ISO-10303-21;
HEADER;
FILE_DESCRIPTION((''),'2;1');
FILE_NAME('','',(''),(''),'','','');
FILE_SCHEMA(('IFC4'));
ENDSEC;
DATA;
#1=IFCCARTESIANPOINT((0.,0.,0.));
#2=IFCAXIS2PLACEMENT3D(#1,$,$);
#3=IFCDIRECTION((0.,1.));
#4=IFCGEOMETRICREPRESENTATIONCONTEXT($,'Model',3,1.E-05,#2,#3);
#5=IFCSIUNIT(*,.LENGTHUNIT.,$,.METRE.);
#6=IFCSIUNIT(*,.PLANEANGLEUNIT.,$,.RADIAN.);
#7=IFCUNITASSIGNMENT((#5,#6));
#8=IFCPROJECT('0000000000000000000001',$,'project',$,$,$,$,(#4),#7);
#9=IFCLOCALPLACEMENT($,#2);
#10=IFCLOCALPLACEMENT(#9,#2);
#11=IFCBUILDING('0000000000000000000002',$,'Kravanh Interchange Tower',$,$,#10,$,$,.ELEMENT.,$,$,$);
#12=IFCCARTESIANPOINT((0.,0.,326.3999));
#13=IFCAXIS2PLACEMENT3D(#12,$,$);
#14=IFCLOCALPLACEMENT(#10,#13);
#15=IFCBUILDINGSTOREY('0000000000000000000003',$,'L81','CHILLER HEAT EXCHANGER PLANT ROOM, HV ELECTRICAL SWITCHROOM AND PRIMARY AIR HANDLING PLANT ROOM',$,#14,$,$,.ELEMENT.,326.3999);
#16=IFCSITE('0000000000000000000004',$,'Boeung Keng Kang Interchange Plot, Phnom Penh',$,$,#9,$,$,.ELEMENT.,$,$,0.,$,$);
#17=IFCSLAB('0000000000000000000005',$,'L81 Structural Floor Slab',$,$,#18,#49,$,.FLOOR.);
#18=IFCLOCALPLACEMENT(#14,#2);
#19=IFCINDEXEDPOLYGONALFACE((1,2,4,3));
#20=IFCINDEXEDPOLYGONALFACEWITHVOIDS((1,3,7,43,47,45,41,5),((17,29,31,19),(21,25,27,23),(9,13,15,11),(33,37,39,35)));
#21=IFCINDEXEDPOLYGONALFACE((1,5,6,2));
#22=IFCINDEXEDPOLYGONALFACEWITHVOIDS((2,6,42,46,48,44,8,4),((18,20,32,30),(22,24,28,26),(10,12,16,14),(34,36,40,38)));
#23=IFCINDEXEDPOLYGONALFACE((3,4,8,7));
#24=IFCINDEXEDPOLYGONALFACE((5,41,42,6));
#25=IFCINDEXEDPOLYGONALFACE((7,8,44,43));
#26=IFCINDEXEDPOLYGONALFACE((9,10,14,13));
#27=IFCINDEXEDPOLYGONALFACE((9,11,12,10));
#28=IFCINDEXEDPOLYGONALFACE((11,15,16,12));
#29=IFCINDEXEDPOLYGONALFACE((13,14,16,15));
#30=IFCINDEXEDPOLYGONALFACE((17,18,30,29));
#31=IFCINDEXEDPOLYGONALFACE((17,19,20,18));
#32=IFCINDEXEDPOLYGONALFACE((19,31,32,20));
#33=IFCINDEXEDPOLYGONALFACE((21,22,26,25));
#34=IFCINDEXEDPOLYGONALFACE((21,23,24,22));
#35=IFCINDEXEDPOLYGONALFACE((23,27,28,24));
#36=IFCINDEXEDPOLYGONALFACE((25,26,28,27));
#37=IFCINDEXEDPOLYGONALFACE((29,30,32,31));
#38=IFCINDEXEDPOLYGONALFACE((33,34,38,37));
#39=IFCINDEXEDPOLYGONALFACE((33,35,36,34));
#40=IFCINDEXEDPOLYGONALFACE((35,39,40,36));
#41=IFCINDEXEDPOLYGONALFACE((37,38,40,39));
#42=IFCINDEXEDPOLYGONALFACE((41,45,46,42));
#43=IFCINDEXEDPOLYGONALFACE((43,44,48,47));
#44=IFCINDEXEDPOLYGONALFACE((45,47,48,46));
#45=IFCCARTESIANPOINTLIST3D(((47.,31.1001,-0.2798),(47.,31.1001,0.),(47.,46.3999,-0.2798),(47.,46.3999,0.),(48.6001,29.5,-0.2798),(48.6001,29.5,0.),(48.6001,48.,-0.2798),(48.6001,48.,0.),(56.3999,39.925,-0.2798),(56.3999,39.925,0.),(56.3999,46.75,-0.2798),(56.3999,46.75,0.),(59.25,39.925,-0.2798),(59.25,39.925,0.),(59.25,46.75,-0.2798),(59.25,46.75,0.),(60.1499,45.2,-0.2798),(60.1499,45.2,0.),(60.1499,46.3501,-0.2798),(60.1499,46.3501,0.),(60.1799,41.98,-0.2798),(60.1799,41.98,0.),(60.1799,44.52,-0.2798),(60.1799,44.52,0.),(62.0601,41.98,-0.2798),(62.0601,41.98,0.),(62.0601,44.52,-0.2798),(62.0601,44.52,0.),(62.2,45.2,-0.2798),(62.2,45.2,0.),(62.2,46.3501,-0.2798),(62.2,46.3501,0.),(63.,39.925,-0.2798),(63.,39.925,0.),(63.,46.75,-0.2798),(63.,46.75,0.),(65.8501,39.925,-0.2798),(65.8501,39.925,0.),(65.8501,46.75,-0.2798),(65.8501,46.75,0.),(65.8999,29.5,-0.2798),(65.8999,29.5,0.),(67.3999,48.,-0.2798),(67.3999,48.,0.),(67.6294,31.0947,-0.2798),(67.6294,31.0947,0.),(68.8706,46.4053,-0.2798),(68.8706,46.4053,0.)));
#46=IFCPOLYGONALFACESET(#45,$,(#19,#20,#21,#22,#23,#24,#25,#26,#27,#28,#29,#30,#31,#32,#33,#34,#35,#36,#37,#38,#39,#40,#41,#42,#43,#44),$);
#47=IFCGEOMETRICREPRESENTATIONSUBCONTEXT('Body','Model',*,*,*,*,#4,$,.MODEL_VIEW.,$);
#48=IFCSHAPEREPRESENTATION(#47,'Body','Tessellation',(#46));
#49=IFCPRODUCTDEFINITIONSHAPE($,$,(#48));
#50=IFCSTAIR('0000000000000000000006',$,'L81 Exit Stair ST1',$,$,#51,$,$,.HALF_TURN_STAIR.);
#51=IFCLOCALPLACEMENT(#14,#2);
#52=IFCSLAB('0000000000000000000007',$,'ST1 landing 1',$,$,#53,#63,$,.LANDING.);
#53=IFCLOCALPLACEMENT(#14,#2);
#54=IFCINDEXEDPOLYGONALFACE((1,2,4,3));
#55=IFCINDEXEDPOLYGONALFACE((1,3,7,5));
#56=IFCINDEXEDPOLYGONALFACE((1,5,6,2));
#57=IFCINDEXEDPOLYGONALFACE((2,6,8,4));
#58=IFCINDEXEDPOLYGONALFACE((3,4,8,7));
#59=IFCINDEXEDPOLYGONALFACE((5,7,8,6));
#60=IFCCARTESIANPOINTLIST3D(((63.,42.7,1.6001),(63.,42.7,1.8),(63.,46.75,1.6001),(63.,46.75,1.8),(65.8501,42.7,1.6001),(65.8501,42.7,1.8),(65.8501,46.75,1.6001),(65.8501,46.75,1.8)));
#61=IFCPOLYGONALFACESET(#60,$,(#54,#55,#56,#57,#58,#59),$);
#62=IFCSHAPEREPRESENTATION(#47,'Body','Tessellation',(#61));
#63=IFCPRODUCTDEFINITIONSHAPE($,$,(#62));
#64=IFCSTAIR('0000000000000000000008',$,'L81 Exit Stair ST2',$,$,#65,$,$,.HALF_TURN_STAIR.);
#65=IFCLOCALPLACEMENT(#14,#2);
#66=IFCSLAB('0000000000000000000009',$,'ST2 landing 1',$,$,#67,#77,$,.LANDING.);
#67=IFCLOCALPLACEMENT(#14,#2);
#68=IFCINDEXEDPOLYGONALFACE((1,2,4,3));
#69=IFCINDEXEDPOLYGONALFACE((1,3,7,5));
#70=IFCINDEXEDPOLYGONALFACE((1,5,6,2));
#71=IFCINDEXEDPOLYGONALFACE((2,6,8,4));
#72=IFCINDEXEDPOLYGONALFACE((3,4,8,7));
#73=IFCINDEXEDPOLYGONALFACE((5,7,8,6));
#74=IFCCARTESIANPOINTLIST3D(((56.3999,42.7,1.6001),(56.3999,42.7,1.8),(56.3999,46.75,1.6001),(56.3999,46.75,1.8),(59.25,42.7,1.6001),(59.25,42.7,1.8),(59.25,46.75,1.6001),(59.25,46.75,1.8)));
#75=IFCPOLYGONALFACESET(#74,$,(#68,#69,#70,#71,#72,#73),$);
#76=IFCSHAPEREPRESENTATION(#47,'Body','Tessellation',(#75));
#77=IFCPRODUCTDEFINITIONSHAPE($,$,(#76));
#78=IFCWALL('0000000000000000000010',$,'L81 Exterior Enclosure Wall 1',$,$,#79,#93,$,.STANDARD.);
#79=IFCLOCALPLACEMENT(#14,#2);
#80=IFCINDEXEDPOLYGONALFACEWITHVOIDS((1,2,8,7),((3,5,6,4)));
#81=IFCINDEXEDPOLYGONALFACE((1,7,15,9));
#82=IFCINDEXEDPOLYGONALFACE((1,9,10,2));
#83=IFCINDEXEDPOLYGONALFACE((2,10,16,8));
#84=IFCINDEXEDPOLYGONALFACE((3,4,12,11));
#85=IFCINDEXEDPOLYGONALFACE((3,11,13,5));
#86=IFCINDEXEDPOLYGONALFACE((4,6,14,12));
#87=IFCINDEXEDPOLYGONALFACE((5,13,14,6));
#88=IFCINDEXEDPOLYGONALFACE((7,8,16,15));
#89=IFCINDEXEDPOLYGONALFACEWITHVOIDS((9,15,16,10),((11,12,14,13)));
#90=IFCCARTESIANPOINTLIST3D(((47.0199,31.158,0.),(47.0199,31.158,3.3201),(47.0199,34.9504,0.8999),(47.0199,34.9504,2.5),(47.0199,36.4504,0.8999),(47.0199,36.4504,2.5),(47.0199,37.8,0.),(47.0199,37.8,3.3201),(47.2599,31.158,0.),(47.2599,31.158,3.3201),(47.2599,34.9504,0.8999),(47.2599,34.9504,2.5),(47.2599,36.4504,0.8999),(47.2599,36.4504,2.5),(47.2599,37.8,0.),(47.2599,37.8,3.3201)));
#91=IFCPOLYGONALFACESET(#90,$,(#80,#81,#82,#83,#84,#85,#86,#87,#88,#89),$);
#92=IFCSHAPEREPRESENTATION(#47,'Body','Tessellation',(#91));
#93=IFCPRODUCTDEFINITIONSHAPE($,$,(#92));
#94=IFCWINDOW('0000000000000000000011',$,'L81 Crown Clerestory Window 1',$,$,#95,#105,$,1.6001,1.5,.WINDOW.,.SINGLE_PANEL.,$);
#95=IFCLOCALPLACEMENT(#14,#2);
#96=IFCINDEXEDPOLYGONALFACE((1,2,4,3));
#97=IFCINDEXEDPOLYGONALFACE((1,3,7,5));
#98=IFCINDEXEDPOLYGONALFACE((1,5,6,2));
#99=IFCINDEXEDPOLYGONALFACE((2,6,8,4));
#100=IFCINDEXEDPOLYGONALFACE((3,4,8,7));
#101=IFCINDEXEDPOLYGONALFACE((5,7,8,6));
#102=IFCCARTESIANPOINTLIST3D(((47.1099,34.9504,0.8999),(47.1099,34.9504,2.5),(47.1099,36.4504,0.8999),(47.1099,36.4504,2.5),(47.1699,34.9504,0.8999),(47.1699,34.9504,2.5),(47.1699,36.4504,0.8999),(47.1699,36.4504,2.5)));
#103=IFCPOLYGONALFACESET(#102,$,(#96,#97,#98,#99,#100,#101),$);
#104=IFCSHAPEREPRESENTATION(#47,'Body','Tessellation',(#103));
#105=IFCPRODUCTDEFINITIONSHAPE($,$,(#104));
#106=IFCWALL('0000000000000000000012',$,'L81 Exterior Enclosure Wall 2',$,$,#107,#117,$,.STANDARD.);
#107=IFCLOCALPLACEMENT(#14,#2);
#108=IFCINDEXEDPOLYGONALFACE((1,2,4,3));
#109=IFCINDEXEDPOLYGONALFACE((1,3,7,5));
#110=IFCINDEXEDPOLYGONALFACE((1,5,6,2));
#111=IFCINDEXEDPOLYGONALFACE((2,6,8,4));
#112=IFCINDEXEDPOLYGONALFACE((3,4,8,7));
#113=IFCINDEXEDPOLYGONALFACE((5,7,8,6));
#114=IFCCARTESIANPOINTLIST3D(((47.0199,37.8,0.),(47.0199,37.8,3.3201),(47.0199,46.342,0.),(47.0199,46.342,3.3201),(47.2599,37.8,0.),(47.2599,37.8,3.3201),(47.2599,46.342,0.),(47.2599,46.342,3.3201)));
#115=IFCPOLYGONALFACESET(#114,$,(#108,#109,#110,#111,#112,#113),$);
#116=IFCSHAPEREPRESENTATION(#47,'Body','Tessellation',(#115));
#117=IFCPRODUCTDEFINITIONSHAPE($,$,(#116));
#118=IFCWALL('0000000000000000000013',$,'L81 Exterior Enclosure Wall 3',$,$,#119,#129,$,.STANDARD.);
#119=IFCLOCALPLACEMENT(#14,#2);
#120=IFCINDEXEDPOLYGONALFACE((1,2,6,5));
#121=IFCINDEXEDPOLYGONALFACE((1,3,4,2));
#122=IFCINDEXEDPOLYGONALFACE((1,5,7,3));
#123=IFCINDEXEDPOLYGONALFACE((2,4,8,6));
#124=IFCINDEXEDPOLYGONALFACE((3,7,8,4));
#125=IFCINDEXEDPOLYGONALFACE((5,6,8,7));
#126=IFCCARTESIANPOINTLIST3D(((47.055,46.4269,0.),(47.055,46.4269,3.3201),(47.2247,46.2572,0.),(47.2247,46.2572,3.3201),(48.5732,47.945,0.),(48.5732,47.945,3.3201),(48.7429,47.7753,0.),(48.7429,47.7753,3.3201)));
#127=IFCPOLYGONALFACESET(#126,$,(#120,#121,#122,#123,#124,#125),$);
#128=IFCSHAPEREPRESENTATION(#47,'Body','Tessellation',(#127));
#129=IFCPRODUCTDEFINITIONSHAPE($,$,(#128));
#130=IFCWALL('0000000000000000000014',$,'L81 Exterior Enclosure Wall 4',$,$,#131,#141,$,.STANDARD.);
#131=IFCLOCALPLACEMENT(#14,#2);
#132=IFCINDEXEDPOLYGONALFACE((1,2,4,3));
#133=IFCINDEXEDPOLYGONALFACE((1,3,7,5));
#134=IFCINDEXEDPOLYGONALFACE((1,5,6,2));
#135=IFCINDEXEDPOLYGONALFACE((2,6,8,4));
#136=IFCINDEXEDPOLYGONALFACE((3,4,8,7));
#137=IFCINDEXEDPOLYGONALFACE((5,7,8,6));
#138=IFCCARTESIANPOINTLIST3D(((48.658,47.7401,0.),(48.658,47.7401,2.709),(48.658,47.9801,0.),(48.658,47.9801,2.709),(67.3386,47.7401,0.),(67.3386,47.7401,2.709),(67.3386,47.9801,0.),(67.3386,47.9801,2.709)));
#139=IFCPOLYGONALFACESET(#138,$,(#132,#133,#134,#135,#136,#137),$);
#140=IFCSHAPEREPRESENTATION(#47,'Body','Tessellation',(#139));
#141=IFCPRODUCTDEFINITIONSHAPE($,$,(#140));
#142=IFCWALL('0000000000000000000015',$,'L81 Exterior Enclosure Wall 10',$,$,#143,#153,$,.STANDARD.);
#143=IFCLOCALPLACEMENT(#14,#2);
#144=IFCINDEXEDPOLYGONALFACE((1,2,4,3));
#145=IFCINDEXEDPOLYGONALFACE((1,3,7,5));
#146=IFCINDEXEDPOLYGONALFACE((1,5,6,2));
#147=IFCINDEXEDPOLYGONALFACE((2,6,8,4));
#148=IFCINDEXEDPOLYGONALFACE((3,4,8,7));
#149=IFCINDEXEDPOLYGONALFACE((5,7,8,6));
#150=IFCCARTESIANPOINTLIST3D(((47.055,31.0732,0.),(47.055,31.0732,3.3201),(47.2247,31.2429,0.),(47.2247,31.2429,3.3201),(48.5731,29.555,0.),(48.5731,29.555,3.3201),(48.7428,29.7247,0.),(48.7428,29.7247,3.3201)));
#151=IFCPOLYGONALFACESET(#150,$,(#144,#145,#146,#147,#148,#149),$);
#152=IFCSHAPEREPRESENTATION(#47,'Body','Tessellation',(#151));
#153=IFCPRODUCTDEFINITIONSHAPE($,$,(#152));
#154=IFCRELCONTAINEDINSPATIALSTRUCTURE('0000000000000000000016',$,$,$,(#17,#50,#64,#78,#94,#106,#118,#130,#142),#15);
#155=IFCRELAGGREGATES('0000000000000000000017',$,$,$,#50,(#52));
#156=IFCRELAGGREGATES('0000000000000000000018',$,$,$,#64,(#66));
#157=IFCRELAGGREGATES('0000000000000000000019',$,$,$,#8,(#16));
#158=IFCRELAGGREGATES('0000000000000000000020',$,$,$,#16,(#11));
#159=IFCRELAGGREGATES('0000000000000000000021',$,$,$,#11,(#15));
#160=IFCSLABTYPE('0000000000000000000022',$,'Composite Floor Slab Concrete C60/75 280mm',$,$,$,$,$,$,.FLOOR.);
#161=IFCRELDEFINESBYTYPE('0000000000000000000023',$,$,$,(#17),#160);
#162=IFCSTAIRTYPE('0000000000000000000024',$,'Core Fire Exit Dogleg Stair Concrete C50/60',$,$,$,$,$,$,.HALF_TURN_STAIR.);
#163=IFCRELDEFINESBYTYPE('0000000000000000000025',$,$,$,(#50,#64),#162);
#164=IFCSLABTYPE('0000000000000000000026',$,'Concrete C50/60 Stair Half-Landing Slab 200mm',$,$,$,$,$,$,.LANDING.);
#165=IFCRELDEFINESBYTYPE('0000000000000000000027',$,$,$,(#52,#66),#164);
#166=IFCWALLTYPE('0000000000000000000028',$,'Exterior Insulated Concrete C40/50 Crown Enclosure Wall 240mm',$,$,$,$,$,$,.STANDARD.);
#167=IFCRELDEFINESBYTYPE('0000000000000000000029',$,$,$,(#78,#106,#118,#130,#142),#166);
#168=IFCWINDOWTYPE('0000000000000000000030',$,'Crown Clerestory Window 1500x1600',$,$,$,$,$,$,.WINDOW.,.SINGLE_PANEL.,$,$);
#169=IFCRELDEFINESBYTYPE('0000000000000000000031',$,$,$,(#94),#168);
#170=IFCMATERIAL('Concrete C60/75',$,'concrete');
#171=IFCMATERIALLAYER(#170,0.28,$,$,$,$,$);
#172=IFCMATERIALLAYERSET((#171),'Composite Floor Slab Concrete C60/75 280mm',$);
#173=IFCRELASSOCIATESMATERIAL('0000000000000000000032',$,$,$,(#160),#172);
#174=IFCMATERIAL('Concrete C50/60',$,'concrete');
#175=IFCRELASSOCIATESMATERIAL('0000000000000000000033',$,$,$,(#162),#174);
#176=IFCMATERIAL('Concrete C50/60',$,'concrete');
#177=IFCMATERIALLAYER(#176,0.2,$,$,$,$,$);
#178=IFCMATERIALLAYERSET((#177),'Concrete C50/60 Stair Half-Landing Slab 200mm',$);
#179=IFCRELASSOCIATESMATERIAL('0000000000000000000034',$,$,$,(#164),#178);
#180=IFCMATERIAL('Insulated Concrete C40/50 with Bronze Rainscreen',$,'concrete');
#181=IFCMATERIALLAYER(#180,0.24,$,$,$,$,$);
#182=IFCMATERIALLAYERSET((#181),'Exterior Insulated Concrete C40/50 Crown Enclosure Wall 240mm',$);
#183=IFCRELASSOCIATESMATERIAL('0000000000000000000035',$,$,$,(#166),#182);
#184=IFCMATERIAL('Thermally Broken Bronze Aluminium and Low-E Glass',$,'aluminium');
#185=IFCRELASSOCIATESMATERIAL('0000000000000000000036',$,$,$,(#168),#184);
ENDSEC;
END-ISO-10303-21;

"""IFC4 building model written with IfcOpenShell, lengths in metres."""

from ifc_helpers import new_model, si_unit, direction, frame, frame_2d, origin, place, context, subcontext, project, spatial, polyline, rectangle, outline, extrude, material, layer, layer_set, type_object, element, fill, aggregate, save


model = new_model("IFC4")

# Units and contexts
model_context = context("Model", 3, precision=1e-05, world=origin(), true_north=direction((0.0, 1.0)))
body_context = subcontext(model_context, "Body", "Model", "MODEL_VIEW")
ifc_project = project(units=[si_unit("LENGTHUNIT", "METRE"), si_unit("PLANEANGLEUNIT", "RADIAN")], contexts=[model_context])

# Site, building, storey
site_placement = place(None, origin())
site = spatial("IfcSite", under=ifc_project, at=site_placement, Name="Boeung Keng Kang Interchange Plot, Phnom Penh", CompositionType="ELEMENT", RefElevation=0.0)
building_placement = place(site_placement, origin())
building = spatial("IfcBuilding", under=site, at=building_placement, Name="Kravanh Interchange Tower", CompositionType="ELEMENT")
storey_placement = place(building_placement, frame((0.0, 0.0, 326.3999)))
storey = spatial("IfcBuildingStorey", under=building, at=storey_placement, Name="L81", Description="CHILLER HEAT EXCHANGER PLANT ROOM, HV ELECTRICAL SWITCHROOM AND PRIMARY AIR HANDLING PLANT ROOM", CompositionType="ELEMENT", Elevation=326.3999)

# Slab
ifc_material_1 = material(Name="Concrete C60/75", Category="concrete")
ifc_layer_1 = layer(ifc_material_1, 0.28)
ifc_layer_set_1 = layer_set([ifc_layer_1], Name="Composite Floor Slab Concrete C60/75 280mm")
slab_type_1 = type_object("IfcSlabType", Name="Composite Floor Slab Concrete C60/75 280mm", PredefinedType="FLOOR", material=ifc_layer_set_1)
slab_1_placement = place(storey_placement, frame((0.0, 0.0, -0.2798)))
element("IfcSlab", 1, at=slab_1_placement, inside=storey, type_object=slab_type_1, Name="L81 Structural Floor Slab", PredefinedType="FLOOR", context=body_context, shape_type="SweptSolid", body=[
    extrude(outline(polyline([(47.0, 31.1001), (48.6001, 29.5), (65.8999, 29.5), (67.6294, 31.0947), (68.8706, 46.4053), (67.3999, 48.0), (48.6001, 48.0), (47.0, 46.3999), (47.0, 31.1001)]), holes=[polyline([(65.8501, 39.925), (65.8501, 46.75), (63.0, 46.75), (63.0, 39.925), (65.8501, 39.925)]), polyline([(59.25, 39.925), (59.25, 46.75), (56.3999, 46.75), (56.3999, 39.925), (59.25, 39.925)]), polyline([(60.1799, 41.98), (62.0601, 41.98), (62.0601, 44.52), (60.1799, 44.52), (60.1799, 41.98)]), polyline([(60.1499, 45.2), (62.2, 45.2), (62.2, 46.3501), (60.1499, 46.3501), (60.1499, 45.2)])]), origin(), (0.0, 0.0, 1.0), 0.2798),
])

# Stairs, slabs
ifc_material_2 = material(Name="Concrete C50/60", Category="concrete")
stair_type = type_object("IfcStairType", Name="Core Fire Exit Dogleg Stair Concrete C50/60", PredefinedType="HALF_TURN_STAIR", material=ifc_material_2)
stair_1_placement = place(storey_placement, origin())
stair_1 = element("IfcStair", 2, at=stair_1_placement, inside=storey, type_object=stair_type, Name="L81 Exit Stair ST1", PredefinedType="HALF_TURN_STAIR")
ifc_material_3 = material(Name="Concrete C50/60", Category="concrete")
ifc_layer_2 = layer(ifc_material_3, 0.2)
ifc_layer_set_2 = layer_set([ifc_layer_2], Name="Concrete C50/60 Stair Half-Landing Slab 200mm")
slab_type_2 = type_object("IfcSlabType", Name="Concrete C50/60 Stair Half-Landing Slab 200mm", PredefinedType="LANDING", material=ifc_layer_set_2)
slab_2_placement = place(storey_placement, frame((0.0, 0.0, 1.6001)))
slab_2 = element("IfcSlab", 3, at=slab_2_placement, type_object=slab_type_2, Name="ST1 landing 1", PredefinedType="LANDING", context=body_context, shape_type="SweptSolid", body=[
    extrude(outline(polyline([(65.8501, 42.7), (65.8501, 46.75), (63.0, 46.75), (63.0, 42.7), (65.8501, 42.7)])), origin(), (0.0, 0.0, 1.0), 0.2),
])
aggregate(stair_1, [slab_2])
stair_2_placement = place(storey_placement, origin())
stair_2 = element("IfcStair", 4, at=stair_2_placement, inside=storey, type_object=stair_type, Name="L81 Exit Stair ST2", PredefinedType="HALF_TURN_STAIR")
slab_3_placement = place(storey_placement, frame((0.0, 0.0, 1.6001)))
slab_3 = element("IfcSlab", 5, at=slab_3_placement, type_object=slab_type_2, Name="ST2 landing 1", PredefinedType="LANDING", context=body_context, shape_type="SweptSolid", body=[
    extrude(outline(polyline([(59.25, 42.7), (59.25, 46.75), (56.3999, 46.75), (56.3999, 42.7), (59.25, 42.7)])), origin(), (0.0, 0.0, 1.0), 0.2),
])
aggregate(stair_2, [slab_3])

# Wall, opening, window
ifc_material_4 = material(Name="Insulated Concrete C40/50 with Bronze Rainscreen", Category="concrete")
ifc_layer_3 = layer(ifc_material_4, 0.24)
ifc_layer_set_3 = layer_set([ifc_layer_3], Name="Exterior Insulated Concrete C40/50 Crown Enclosure Wall 240mm")
wall_type_1 = type_object("IfcWallType", Name="Exterior Insulated Concrete C40/50 Crown Enclosure Wall 240mm", PredefinedType="STANDARD", material=ifc_layer_set_3)
wall_1_placement = place(storey_placement, frame((47.1399, 31.158, 0.0), z_axis=(0.0, 0.0, 1.0), x_axis=(0.0, 1.0, 0.0)))
wall_1 = element("IfcWall", 6, at=wall_1_placement, inside=storey, type_object=wall_type_1, Name="L81 Exterior Enclosure Wall 1", PredefinedType="STANDARD", context=body_context, shape_type="SweptSolid", body=[
    extrude(rectangle(XDim=6.6421, YDim=0.24, at=frame_2d((3.321, 0.0))), origin(), (0.0, 0.0, 1.0), 3.3201),
])
opening_1_placement = place(wall_1_placement, frame((3.7925, 0.0, 0.8999)))
opening_1 = element("IfcOpeningElement", 7, at=opening_1_placement, cuts=wall_1, PredefinedType="OPENING", context=body_context, shape_type="SweptSolid", body=[
    extrude(rectangle(XDim=1.5, YDim=1.6001, at=frame_2d((0.75, 0.8))), frame((0.0, 0.1299, 0.0), z_axis=(0.0, -1.0, 0.0), x_axis=(1.0, 0.0, 0.0)), (0.0, 0.0, 1.0), 0.26),
])
ifc_material_5 = material(Name="Thermally Broken Bronze Aluminium and Low-E Glass", Category="aluminium")
window_type = type_object("IfcWindowType", Name="Crown Clerestory Window 1500x1600", PartitioningType="SINGLE_PANEL", PredefinedType="WINDOW", material=ifc_material_5)
window_placement = place(opening_1_placement, origin())
window = element("IfcWindow", 8, at=window_placement, inside=storey, type_object=window_type, Name="L81 Crown Clerestory Window 1", OverallHeight=1.6001, OverallWidth=1.5, PartitioningType="SINGLE_PANEL", PredefinedType="WINDOW", context=body_context, shape_type="SweptSolid", body=[
    extrude(rectangle(XDim=1.5, YDim=1.6001, at=frame_2d((0.75, 0.8))), frame((0.0, 0.03, 0.0), z_axis=(0.0, -1.0, 0.0), x_axis=(1.0, 0.0, 0.0)), (0.0, 0.0, 1.0), 0.0601),
])
fill(opening_1, window)

# Walls
wall_2_placement = place(storey_placement, frame((47.1399, 37.8, 0.0), z_axis=(0.0, 0.0, 1.0), x_axis=(0.0, 1.0, 0.0)))
element("IfcWall", 9, at=wall_2_placement, inside=storey, type_object=wall_type_1, Name="L81 Exterior Enclosure Wall 2", PredefinedType="STANDARD", context=body_context, shape_type="SweptSolid", body=[
    extrude(rectangle(XDim=8.542, YDim=0.24, at=frame_2d((4.271, 0.0))), origin(), (0.0, 0.0, 1.0), 3.3201),
])
wall_3_placement = place(storey_placement, frame((47.1399, 46.342, 0.0), z_axis=(0.0, 0.0, 1.0), x_axis=(0.707107, 0.707107, 0.0)))
element("IfcWall", 10, at=wall_3_placement, inside=storey, type_object=wall_type_1, Name="L81 Exterior Enclosure Wall 3", PredefinedType="STANDARD", context=body_context, shape_type="SweptSolid", body=[
    extrude(rectangle(XDim=2.147, YDim=0.24, at=frame_2d((1.0735, 0.0))), origin(), (0.0, 0.0, 1.0), 3.3201),
])
wall_4_placement = place(storey_placement, frame((48.658, 47.8601, 0.0), z_axis=(0.0, 0.0, 1.0), x_axis=(1.0, 0.0, 0.0)))
element("IfcWall", 11, at=wall_4_placement, inside=storey, type_object=wall_type_1, Name="L81 Exterior Enclosure Wall 4", PredefinedType="STANDARD", context=body_context, shape_type="SweptSolid", body=[
    extrude(rectangle(XDim=18.6807, YDim=0.24, at=frame_2d((9.3403, 0.0))), origin(), (0.0, 0.0, 1.0), 2.709),
])
wall_5_placement = place(storey_placement, frame((48.658, 29.6399, 0.0), z_axis=(0.0, 0.0, 1.0), x_axis=(-0.707107, 0.707107, 0.0)))
element("IfcWall", 12, at=wall_5_placement, inside=storey, type_object=wall_type_1, Name="L81 Exterior Enclosure Wall 10", PredefinedType="STANDARD", context=body_context, shape_type="SweptSolid", body=[
    extrude(rectangle(XDim=2.147, YDim=0.24, at=frame_2d((1.0735, 0.0))), origin(), (0.0, 0.0, 1.0), 3.3201),
])

save(model, "model.ifc")
